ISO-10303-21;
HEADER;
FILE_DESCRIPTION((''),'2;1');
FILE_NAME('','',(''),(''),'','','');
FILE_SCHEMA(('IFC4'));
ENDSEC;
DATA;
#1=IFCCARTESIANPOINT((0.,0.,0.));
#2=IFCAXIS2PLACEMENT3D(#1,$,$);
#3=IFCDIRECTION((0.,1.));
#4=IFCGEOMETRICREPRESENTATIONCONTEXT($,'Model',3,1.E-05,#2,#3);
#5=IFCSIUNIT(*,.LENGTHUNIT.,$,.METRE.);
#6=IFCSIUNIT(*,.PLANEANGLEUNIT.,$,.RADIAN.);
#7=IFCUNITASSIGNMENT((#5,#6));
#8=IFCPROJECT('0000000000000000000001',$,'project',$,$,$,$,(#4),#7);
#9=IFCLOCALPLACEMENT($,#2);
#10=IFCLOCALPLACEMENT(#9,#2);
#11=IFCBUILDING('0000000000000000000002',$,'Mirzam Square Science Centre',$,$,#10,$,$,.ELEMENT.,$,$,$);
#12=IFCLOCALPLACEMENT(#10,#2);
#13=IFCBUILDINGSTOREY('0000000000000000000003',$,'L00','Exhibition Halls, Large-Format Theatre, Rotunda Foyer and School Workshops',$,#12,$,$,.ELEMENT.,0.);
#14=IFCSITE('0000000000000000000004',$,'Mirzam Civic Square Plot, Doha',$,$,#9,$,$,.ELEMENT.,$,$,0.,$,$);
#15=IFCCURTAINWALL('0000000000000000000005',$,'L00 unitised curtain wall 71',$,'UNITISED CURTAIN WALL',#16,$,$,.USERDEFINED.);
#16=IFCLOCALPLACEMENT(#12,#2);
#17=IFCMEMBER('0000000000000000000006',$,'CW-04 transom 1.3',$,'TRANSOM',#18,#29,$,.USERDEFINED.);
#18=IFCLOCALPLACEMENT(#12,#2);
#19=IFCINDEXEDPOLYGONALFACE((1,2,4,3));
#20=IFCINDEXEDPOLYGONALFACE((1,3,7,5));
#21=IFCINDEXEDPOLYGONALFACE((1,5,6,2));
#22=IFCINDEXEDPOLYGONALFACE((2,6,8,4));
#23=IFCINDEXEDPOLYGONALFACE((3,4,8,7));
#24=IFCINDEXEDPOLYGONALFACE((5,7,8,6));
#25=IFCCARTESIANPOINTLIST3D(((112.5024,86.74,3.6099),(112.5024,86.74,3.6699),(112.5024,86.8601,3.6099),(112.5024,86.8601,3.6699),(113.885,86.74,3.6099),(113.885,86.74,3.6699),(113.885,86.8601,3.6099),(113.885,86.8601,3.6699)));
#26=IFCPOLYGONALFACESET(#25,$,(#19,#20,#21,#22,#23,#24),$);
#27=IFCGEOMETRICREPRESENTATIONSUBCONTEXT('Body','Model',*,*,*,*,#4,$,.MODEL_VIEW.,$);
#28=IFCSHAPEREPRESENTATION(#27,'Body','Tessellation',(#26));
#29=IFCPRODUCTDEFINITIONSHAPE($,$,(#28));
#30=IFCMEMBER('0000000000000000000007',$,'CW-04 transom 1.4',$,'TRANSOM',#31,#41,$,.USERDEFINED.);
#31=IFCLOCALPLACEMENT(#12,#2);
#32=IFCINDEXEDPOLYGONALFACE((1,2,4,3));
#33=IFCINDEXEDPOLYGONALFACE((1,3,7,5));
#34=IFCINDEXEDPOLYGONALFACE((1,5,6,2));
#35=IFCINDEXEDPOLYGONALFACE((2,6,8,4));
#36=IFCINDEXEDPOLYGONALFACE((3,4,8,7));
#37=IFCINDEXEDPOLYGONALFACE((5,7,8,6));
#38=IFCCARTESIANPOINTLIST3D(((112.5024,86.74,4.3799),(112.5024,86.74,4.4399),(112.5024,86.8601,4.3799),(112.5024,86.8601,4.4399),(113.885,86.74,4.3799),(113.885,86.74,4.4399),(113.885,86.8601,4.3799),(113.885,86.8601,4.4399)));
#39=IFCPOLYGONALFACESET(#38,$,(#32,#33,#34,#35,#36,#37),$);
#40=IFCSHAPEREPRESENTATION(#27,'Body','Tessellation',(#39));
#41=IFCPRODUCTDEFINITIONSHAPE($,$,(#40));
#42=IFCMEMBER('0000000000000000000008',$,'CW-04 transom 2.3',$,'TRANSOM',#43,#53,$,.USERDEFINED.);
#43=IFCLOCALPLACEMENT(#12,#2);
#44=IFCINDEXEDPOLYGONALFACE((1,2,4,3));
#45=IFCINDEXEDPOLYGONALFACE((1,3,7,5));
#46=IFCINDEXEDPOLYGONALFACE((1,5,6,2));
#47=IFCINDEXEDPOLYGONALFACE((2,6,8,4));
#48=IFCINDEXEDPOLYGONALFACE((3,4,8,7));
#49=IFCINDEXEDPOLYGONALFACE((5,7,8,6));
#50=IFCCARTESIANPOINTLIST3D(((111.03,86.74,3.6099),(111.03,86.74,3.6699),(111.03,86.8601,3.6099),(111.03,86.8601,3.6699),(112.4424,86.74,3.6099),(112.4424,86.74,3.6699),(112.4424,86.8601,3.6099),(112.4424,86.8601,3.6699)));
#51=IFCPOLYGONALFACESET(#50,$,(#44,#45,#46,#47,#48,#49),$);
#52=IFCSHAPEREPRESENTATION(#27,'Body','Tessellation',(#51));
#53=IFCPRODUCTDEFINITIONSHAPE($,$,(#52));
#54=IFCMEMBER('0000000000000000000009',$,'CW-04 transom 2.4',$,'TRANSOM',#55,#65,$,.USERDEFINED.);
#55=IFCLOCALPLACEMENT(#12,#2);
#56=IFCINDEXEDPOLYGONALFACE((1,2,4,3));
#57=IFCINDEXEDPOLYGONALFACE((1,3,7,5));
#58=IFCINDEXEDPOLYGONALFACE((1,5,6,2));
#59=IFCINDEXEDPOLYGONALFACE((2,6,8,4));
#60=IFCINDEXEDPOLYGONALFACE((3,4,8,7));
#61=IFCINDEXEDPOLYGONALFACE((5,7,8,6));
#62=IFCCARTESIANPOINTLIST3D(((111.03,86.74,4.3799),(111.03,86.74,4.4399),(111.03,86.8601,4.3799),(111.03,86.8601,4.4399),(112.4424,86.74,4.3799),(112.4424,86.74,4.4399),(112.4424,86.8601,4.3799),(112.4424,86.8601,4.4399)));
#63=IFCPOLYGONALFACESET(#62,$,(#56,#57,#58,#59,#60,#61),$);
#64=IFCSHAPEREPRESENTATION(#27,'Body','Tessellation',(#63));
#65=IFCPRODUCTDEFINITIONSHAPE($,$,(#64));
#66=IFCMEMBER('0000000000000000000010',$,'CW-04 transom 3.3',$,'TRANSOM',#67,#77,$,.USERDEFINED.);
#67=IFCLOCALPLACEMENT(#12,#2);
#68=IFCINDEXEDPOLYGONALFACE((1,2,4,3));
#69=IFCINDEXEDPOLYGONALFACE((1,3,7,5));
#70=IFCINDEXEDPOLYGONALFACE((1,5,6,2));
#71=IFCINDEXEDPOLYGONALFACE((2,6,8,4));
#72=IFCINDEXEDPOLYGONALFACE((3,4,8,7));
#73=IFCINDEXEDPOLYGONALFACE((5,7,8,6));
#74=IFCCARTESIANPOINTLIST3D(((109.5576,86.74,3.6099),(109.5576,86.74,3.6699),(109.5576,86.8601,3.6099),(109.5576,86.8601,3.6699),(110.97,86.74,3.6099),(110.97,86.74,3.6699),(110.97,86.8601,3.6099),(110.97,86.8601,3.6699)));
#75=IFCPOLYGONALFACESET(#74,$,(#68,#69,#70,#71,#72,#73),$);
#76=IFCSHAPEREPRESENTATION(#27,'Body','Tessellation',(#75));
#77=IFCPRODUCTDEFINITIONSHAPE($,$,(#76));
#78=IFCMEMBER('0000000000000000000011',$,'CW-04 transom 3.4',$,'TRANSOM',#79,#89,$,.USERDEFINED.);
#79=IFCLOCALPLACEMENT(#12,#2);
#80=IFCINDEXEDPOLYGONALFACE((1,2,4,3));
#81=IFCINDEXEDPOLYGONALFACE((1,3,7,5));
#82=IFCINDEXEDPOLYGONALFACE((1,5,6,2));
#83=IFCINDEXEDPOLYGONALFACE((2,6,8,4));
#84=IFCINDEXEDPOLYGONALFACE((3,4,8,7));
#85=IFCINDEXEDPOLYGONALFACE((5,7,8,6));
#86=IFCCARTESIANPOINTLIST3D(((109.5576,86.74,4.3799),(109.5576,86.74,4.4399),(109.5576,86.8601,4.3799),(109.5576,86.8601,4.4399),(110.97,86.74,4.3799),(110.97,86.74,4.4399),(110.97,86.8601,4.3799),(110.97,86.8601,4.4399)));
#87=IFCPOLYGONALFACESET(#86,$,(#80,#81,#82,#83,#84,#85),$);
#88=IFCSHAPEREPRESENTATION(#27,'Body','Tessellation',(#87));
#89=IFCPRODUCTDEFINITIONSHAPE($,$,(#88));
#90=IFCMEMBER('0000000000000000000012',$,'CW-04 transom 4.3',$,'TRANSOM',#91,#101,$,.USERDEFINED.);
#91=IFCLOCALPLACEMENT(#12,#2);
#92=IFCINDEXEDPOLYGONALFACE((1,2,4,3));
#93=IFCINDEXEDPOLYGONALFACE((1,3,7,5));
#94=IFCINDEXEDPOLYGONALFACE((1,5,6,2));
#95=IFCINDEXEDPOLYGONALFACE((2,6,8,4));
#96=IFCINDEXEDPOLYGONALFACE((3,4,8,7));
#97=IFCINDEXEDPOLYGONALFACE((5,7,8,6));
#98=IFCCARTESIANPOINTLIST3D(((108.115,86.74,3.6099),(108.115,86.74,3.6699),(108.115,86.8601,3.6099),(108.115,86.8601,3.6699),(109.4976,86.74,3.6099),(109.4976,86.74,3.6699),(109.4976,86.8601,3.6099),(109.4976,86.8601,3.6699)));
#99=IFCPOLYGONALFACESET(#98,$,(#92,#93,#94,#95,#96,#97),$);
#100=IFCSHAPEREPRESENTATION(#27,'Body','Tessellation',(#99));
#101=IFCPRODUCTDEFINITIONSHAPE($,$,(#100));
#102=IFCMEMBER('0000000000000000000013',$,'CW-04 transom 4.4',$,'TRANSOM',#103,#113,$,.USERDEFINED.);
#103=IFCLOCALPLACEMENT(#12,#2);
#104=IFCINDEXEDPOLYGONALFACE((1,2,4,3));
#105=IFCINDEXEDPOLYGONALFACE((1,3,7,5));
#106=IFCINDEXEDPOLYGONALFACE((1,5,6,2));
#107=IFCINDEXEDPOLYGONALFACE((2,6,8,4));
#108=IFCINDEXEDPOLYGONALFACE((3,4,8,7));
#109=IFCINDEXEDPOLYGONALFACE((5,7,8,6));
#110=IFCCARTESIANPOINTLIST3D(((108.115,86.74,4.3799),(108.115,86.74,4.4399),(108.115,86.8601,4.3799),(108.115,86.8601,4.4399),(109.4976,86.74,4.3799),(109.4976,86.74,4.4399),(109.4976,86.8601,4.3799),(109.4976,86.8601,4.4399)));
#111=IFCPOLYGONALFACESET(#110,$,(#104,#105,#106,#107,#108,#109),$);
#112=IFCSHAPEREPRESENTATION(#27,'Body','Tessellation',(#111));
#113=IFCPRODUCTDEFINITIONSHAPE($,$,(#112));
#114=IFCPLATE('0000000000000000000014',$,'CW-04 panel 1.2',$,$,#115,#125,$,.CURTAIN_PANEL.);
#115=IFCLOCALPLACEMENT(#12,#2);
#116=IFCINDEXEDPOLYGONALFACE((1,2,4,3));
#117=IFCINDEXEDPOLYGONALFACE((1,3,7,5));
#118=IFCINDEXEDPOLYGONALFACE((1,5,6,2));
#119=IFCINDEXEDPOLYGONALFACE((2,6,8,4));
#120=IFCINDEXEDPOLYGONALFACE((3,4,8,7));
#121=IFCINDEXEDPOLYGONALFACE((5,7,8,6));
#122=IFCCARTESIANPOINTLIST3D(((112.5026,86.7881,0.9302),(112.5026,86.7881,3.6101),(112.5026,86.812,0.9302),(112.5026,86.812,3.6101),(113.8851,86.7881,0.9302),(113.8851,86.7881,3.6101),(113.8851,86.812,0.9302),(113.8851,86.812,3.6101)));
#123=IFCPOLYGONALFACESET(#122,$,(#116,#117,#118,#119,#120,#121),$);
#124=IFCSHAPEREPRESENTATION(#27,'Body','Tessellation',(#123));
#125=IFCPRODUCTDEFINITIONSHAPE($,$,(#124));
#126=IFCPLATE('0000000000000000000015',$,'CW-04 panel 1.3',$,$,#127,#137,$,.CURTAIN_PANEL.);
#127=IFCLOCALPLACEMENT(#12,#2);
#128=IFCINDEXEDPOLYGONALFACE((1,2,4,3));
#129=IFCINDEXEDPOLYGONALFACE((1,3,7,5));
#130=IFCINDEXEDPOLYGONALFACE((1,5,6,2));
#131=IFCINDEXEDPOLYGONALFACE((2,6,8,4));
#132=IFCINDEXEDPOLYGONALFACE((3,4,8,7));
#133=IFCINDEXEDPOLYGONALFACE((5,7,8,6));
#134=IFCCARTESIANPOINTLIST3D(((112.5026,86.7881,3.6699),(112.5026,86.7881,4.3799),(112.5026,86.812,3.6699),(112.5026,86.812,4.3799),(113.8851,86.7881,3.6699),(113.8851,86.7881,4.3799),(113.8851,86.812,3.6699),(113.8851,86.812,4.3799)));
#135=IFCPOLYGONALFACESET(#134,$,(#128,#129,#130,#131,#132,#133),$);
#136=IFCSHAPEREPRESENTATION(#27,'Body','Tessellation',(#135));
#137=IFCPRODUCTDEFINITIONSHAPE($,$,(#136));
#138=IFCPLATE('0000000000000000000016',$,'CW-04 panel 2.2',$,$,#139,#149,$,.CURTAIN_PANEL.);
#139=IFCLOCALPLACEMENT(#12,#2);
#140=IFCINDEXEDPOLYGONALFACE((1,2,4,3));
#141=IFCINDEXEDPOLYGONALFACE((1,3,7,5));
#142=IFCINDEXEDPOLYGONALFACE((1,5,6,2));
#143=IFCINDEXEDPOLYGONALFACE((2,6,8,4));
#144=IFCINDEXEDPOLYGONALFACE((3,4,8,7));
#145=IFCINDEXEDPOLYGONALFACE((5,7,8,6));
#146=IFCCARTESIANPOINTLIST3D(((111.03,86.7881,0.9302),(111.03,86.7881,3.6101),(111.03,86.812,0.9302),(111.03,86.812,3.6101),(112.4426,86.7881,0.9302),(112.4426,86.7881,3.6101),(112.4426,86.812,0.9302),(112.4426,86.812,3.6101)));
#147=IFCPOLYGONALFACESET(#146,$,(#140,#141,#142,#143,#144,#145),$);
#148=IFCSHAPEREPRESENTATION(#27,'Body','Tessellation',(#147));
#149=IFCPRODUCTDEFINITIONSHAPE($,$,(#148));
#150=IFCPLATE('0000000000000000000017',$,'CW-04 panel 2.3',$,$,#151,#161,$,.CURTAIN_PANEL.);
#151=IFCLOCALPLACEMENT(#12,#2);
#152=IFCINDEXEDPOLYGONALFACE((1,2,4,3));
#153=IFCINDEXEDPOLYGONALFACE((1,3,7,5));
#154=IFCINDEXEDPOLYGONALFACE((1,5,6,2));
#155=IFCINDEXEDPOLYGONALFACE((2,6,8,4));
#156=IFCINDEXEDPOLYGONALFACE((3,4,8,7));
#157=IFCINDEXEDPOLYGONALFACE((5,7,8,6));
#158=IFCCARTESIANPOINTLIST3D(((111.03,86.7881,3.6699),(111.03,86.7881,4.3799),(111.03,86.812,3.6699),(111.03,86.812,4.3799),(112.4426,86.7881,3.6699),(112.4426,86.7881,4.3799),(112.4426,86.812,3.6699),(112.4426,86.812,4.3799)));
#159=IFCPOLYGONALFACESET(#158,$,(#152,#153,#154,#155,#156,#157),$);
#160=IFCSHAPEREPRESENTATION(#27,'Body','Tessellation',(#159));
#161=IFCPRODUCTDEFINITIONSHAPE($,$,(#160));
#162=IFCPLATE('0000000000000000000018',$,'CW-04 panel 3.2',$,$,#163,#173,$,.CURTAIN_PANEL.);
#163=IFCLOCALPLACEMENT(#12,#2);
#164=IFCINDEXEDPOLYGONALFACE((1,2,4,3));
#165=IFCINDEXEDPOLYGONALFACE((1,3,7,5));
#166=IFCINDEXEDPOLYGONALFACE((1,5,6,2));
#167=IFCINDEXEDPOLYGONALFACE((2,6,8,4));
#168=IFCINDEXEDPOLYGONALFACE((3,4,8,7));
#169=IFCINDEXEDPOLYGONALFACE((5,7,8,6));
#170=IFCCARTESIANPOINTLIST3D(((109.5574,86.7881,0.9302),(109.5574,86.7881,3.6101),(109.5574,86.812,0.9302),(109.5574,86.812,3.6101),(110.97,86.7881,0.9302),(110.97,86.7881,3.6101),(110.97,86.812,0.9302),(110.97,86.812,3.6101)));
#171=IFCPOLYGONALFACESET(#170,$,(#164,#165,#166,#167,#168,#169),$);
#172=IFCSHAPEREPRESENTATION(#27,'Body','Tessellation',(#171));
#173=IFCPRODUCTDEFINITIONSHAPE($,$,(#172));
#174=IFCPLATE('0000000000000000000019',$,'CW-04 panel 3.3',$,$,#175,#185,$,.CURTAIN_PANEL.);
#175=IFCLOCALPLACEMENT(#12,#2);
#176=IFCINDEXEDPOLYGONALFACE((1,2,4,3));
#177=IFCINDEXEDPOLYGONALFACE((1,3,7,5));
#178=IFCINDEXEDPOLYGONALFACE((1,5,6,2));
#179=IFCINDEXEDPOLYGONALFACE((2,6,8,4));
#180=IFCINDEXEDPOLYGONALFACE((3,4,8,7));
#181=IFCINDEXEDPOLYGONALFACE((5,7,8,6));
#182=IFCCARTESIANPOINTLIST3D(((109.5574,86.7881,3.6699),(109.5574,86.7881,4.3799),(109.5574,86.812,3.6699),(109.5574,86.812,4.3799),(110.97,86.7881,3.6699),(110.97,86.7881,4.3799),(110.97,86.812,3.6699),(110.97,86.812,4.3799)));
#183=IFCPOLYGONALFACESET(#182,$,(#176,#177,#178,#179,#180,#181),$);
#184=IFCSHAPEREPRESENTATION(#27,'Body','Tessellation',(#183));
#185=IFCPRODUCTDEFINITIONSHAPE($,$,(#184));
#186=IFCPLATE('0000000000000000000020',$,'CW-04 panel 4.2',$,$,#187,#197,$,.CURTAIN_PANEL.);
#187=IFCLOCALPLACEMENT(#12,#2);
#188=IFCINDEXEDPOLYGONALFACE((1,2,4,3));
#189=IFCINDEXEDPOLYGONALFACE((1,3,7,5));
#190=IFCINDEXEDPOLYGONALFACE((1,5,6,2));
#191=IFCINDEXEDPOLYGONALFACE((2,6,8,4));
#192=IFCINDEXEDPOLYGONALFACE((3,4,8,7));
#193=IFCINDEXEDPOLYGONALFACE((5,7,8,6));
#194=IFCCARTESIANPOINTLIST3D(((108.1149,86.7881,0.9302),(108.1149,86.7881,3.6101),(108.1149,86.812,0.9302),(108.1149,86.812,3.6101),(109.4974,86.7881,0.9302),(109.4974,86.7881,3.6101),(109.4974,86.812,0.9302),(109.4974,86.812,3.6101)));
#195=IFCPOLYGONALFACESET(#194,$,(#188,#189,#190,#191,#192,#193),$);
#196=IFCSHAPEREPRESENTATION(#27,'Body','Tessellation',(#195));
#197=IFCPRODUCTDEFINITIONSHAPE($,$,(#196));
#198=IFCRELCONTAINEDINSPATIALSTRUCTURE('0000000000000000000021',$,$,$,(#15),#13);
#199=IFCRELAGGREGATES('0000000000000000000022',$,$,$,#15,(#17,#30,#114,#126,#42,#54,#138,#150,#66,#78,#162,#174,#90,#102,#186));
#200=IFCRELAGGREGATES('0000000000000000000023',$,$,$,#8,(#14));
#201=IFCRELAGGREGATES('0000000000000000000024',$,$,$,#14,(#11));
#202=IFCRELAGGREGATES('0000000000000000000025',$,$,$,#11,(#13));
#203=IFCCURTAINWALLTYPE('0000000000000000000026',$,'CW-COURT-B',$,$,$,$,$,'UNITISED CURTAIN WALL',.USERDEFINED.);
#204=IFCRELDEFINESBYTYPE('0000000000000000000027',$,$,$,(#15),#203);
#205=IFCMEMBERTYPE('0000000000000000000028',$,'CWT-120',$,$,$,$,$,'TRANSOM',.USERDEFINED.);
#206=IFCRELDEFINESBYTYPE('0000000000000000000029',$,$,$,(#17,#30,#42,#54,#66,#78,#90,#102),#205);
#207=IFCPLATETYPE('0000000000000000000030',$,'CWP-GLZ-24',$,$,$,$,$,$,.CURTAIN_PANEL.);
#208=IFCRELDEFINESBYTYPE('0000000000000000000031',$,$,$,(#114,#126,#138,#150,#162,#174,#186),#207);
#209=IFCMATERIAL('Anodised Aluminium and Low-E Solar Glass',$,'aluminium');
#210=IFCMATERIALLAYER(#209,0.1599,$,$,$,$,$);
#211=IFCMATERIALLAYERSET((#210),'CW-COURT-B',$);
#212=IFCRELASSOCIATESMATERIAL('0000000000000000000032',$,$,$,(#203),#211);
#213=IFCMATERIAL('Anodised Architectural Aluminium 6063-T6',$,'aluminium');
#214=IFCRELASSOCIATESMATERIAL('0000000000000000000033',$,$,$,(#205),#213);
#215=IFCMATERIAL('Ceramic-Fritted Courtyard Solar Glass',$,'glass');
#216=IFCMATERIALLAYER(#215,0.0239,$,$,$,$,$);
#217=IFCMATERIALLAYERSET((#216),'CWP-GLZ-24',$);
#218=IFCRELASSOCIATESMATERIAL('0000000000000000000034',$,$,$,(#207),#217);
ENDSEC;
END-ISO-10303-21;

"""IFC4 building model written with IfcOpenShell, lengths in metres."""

from ifc_helpers import new_model, si_unit, direction, frame, origin, origin_2d, place, context, subcontext, project, spatial, rectangle, extrude, material, layer, layer_set, material_profile, profile_set, type_object, element, aggregate, save


model = new_model("IFC4")

# Units and contexts
model_context = context("Model", 3, precision=1e-05, world=origin(), true_north=direction((0.0, 1.0)))
body_context = subcontext(model_context, "Body", "Model", "MODEL_VIEW")
ifc_project = project(units=[si_unit("LENGTHUNIT", "METRE"), si_unit("PLANEANGLEUNIT", "RADIAN")], contexts=[model_context])

# Site, building, storey
site_placement = place(None, origin())
site = spatial("IfcSite", under=ifc_project, at=site_placement, Name="Mirzam Civic Square Plot, Doha", CompositionType="ELEMENT", RefElevation=0.0)
building_placement = place(site_placement, origin())
building = spatial("IfcBuilding", under=site, at=building_placement, Name="Mirzam Square Science Centre", CompositionType="ELEMENT")
storey_placement = place(building_placement, origin())
storey = spatial("IfcBuildingStorey", under=building, at=storey_placement, Name="L00", Description="Exhibition Halls, Large-Format Theatre, Rotunda Foyer and School Workshops", CompositionType="ELEMENT", Elevation=0.0)

# Curtain wall, members, plates
ifc_material_1 = material(Name="Anodised Aluminium and Low-E Solar Glass", Category="aluminium")
ifc_layer_1 = layer(ifc_material_1, 0.1599)
ifc_layer_set_1 = layer_set([ifc_layer_1], Name="CW-COURT-B")
curtain_wall_type = type_object("IfcCurtainWallType", Name="CW-COURT-B", ElementType="UNITISED CURTAIN WALL", PredefinedType="USERDEFINED", material=ifc_layer_set_1)
curtain_wall_placement = place(storey_placement, origin())
curtain_wall = element("IfcCurtainWall", 1, at=curtain_wall_placement, inside=storey, type_object=curtain_wall_type, Name="L00 unitised curtain wall 71", ObjectType="UNITISED CURTAIN WALL", PredefinedType="USERDEFINED")
ifc_material_2 = material(Name="Anodised Architectural Aluminium 6063-T6", Category="aluminium")
ifc_material_profile = material_profile(ifc_material_2, rectangle(XDim=0.1201, YDim=0.0601, at=origin_2d()), Name="ALU-TRAN-120x60x4")
ifc_profile_set = profile_set([ifc_material_profile], Name="Anodised Architectural Aluminium 6063-T6")
member_type = type_object("IfcMemberType", Name="CWT-120", ElementType="TRANSOM", PredefinedType="USERDEFINED", material=ifc_profile_set)
member_1_placement = place(storey_placement, frame((113.885, 86.8, 3.6399), z_axis=(-1.0, 0.0, 0.0), x_axis=(0.0, -1.0, 0.0)))
member_1 = element("IfcMember", 2, at=member_1_placement, type_object=member_type, Name="CW-04 transom 1.3", ObjectType="TRANSOM", PredefinedType="USERDEFINED", context=body_context, shape_type="SweptSolid", body=[
    extrude(rectangle(XDim=0.1201, YDim=0.0601, at=origin_2d()), origin(), (0.0, 0.0, 1.0), 1.3826),
])
member_2_placement = place(storey_placement, frame((113.885, 86.8, 4.4099), z_axis=(-1.0, 0.0, 0.0), x_axis=(0.0, -1.0, 0.0)))
member_2 = element("IfcMember", 3, at=member_2_placement, type_object=member_type, Name="CW-04 transom 1.4", ObjectType="TRANSOM", PredefinedType="USERDEFINED", context=body_context, shape_type="SweptSolid", body=[
    extrude(rectangle(XDim=0.1201, YDim=0.0601, at=origin_2d()), origin(), (0.0, 0.0, 1.0), 1.3826),
])
member_3_placement = place(storey_placement, frame((112.4424, 86.8, 3.6399), z_axis=(-1.0, 0.0, 0.0), x_axis=(0.0, -1.0, 0.0)))
member_3 = element("IfcMember", 4, at=member_3_placement, type_object=member_type, Name="CW-04 transom 2.3", ObjectType="TRANSOM", PredefinedType="USERDEFINED", context=body_context, shape_type="SweptSolid", body=[
    extrude(rectangle(XDim=0.1201, YDim=0.0601, at=origin_2d()), origin(), (0.0, 0.0, 1.0), 1.4124),
])
member_4_placement = place(storey_placement, frame((112.4424, 86.8, 4.4099), z_axis=(-1.0, 0.0, 0.0), x_axis=(0.0, -1.0, 0.0)))
member_4 = element("IfcMember", 5, at=member_4_placement, type_object=member_type, Name="CW-04 transom 2.4", ObjectType="TRANSOM", PredefinedType="USERDEFINED", context=body_context, shape_type="SweptSolid", body=[
    extrude(rectangle(XDim=0.1201, YDim=0.0601, at=origin_2d()), origin(), (0.0, 0.0, 1.0), 1.4124),
])
member_5_placement = place(storey_placement, frame((110.97, 86.8, 3.6399), z_axis=(-1.0, 0.0, 0.0), x_axis=(0.0, -1.0, 0.0)))
member_5 = element("IfcMember", 6, at=member_5_placement, type_object=member_type, Name="CW-04 transom 3.3", ObjectType="TRANSOM", PredefinedType="USERDEFINED", context=body_context, shape_type="SweptSolid", body=[
    extrude(rectangle(XDim=0.1201, YDim=0.0601, at=origin_2d()), origin(), (0.0, 0.0, 1.0), 1.4124),
])
member_6_placement = place(storey_placement, frame((110.97, 86.8, 4.4099), z_axis=(-1.0, 0.0, 0.0), x_axis=(0.0, -1.0, 0.0)))
member_6 = element("IfcMember", 7, at=member_6_placement, type_object=member_type, Name="CW-04 transom 3.4", ObjectType="TRANSOM", PredefinedType="USERDEFINED", context=body_context, shape_type="SweptSolid", body=[
    extrude(rectangle(XDim=0.1201, YDim=0.0601, at=origin_2d()), origin(), (0.0, 0.0, 1.0), 1.4124),
])
member_7_placement = place(storey_placement, frame((109.4976, 86.8, 3.6399), z_axis=(-1.0, 0.0, 0.0), x_axis=(0.0, -1.0, 0.0)))
member_7 = element("IfcMember", 8, at=member_7_placement, type_object=member_type, Name="CW-04 transom 4.3", ObjectType="TRANSOM", PredefinedType="USERDEFINED", context=body_context, shape_type="SweptSolid", body=[
    extrude(rectangle(XDim=0.1201, YDim=0.0601, at=origin_2d()), origin(), (0.0, 0.0, 1.0), 1.3826),
])
member_8_placement = place(storey_placement, frame((109.4976, 86.8, 4.4099), z_axis=(-1.0, 0.0, 0.0), x_axis=(0.0, -1.0, 0.0)))
member_8 = element("IfcMember", 9, at=member_8_placement, type_object=member_type, Name="CW-04 transom 4.4", ObjectType="TRANSOM", PredefinedType="USERDEFINED", context=body_context, shape_type="SweptSolid", body=[
    extrude(rectangle(XDim=0.1201, YDim=0.0601, at=origin_2d()), origin(), (0.0, 0.0, 1.0), 1.3826),
])
ifc_material_3 = material(Name="Ceramic-Fritted Courtyard Solar Glass", Category="glass")
ifc_layer_2 = layer(ifc_material_3, 0.0239)
ifc_layer_set_2 = layer_set([ifc_layer_2], Name="CWP-GLZ-24")
plate_type = type_object("IfcPlateType", Name="CWP-GLZ-24", PredefinedType="CURTAIN_PANEL", material=ifc_layer_set_2)
plate_1_placement = place(storey_placement, frame((113.1938, 86.8, 0.9302), z_axis=(0.0, 0.0, 1.0), x_axis=(-1.0, 0.0, 0.0)))
plate_1 = element("IfcPlate", 10, at=plate_1_placement, type_object=plate_type, Name="CW-04 panel 1.2", PredefinedType="CURTAIN_PANEL", context=body_context, shape_type="SweptSolid", body=[
    extrude(rectangle(XDim=1.3826, YDim=0.0239, at=origin_2d()), origin(), (0.0, 0.0, 1.0), 2.6799),
])
plate_2_placement = place(storey_placement, frame((113.1938, 86.8, 3.6699), z_axis=(0.0, 0.0, 1.0), x_axis=(-1.0, 0.0, 0.0)))
plate_2 = element("IfcPlate", 11, at=plate_2_placement, type_object=plate_type, Name="CW-04 panel 1.3", PredefinedType="CURTAIN_PANEL", context=body_context, shape_type="SweptSolid", body=[
    extrude(rectangle(XDim=1.3826, YDim=0.0239, at=origin_2d()), origin(), (0.0, 0.0, 1.0), 0.71),
])
plate_3_placement = place(storey_placement, frame((111.7363, 86.8, 0.9302), z_axis=(0.0, 0.0, 1.0), x_axis=(-1.0, 0.0, 0.0)))
plate_3 = element("IfcPlate", 12, at=plate_3_placement, type_object=plate_type, Name="CW-04 panel 2.2", PredefinedType="CURTAIN_PANEL", context=body_context, shape_type="SweptSolid", body=[
    extrude(rectangle(XDim=1.4126, YDim=0.0239, at=origin_2d()), origin(), (0.0, 0.0, 1.0), 2.6799),
])
plate_4_placement = place(storey_placement, frame((111.7363, 86.8, 3.6699), z_axis=(0.0, 0.0, 1.0), x_axis=(-1.0, 0.0, 0.0)))
plate_4 = element("IfcPlate", 13, at=plate_4_placement, type_object=plate_type, Name="CW-04 panel 2.3", PredefinedType="CURTAIN_PANEL", context=body_context, shape_type="SweptSolid", body=[
    extrude(rectangle(XDim=1.4126, YDim=0.0239, at=origin_2d()), origin(), (0.0, 0.0, 1.0), 0.71),
])
plate_5_placement = place(storey_placement, frame((110.2637, 86.8, 0.9302), z_axis=(0.0, 0.0, 1.0), x_axis=(-1.0, 0.0, 0.0)))
plate_5 = element("IfcPlate", 14, at=plate_5_placement, type_object=plate_type, Name="CW-04 panel 3.2", PredefinedType="CURTAIN_PANEL", context=body_context, shape_type="SweptSolid", body=[
    extrude(rectangle(XDim=1.4126, YDim=0.0239, at=origin_2d()), origin(), (0.0, 0.0, 1.0), 2.6799),
])
plate_6_placement = place(storey_placement, frame((110.2637, 86.8, 3.6699), z_axis=(0.0, 0.0, 1.0), x_axis=(-1.0, 0.0, 0.0)))
plate_6 = element("IfcPlate", 15, at=plate_6_placement, type_object=plate_type, Name="CW-04 panel 3.3", PredefinedType="CURTAIN_PANEL", context=body_context, shape_type="SweptSolid", body=[
    extrude(rectangle(XDim=1.4126, YDim=0.0239, at=origin_2d()), origin(), (0.0, 0.0, 1.0), 0.71),
])
plate_7_placement = place(storey_placement, frame((108.8062, 86.8, 0.9302), z_axis=(0.0, 0.0, 1.0), x_axis=(-1.0, 0.0, 0.0)))
plate_7 = element("IfcPlate", 16, at=plate_7_placement, type_object=plate_type, Name="CW-04 panel 4.2", PredefinedType="CURTAIN_PANEL", context=body_context, shape_type="SweptSolid", body=[
    extrude(rectangle(XDim=1.3826, YDim=0.0239, at=origin_2d()), origin(), (0.0, 0.0, 1.0), 2.6799),
])
aggregate(curtain_wall, [member_1, member_2, plate_1, plate_2, member_3, member_4, plate_3, plate_4, member_5, member_6, plate_5, plate_6, member_7, member_8, plate_7])

save(model, "model.ifc")
